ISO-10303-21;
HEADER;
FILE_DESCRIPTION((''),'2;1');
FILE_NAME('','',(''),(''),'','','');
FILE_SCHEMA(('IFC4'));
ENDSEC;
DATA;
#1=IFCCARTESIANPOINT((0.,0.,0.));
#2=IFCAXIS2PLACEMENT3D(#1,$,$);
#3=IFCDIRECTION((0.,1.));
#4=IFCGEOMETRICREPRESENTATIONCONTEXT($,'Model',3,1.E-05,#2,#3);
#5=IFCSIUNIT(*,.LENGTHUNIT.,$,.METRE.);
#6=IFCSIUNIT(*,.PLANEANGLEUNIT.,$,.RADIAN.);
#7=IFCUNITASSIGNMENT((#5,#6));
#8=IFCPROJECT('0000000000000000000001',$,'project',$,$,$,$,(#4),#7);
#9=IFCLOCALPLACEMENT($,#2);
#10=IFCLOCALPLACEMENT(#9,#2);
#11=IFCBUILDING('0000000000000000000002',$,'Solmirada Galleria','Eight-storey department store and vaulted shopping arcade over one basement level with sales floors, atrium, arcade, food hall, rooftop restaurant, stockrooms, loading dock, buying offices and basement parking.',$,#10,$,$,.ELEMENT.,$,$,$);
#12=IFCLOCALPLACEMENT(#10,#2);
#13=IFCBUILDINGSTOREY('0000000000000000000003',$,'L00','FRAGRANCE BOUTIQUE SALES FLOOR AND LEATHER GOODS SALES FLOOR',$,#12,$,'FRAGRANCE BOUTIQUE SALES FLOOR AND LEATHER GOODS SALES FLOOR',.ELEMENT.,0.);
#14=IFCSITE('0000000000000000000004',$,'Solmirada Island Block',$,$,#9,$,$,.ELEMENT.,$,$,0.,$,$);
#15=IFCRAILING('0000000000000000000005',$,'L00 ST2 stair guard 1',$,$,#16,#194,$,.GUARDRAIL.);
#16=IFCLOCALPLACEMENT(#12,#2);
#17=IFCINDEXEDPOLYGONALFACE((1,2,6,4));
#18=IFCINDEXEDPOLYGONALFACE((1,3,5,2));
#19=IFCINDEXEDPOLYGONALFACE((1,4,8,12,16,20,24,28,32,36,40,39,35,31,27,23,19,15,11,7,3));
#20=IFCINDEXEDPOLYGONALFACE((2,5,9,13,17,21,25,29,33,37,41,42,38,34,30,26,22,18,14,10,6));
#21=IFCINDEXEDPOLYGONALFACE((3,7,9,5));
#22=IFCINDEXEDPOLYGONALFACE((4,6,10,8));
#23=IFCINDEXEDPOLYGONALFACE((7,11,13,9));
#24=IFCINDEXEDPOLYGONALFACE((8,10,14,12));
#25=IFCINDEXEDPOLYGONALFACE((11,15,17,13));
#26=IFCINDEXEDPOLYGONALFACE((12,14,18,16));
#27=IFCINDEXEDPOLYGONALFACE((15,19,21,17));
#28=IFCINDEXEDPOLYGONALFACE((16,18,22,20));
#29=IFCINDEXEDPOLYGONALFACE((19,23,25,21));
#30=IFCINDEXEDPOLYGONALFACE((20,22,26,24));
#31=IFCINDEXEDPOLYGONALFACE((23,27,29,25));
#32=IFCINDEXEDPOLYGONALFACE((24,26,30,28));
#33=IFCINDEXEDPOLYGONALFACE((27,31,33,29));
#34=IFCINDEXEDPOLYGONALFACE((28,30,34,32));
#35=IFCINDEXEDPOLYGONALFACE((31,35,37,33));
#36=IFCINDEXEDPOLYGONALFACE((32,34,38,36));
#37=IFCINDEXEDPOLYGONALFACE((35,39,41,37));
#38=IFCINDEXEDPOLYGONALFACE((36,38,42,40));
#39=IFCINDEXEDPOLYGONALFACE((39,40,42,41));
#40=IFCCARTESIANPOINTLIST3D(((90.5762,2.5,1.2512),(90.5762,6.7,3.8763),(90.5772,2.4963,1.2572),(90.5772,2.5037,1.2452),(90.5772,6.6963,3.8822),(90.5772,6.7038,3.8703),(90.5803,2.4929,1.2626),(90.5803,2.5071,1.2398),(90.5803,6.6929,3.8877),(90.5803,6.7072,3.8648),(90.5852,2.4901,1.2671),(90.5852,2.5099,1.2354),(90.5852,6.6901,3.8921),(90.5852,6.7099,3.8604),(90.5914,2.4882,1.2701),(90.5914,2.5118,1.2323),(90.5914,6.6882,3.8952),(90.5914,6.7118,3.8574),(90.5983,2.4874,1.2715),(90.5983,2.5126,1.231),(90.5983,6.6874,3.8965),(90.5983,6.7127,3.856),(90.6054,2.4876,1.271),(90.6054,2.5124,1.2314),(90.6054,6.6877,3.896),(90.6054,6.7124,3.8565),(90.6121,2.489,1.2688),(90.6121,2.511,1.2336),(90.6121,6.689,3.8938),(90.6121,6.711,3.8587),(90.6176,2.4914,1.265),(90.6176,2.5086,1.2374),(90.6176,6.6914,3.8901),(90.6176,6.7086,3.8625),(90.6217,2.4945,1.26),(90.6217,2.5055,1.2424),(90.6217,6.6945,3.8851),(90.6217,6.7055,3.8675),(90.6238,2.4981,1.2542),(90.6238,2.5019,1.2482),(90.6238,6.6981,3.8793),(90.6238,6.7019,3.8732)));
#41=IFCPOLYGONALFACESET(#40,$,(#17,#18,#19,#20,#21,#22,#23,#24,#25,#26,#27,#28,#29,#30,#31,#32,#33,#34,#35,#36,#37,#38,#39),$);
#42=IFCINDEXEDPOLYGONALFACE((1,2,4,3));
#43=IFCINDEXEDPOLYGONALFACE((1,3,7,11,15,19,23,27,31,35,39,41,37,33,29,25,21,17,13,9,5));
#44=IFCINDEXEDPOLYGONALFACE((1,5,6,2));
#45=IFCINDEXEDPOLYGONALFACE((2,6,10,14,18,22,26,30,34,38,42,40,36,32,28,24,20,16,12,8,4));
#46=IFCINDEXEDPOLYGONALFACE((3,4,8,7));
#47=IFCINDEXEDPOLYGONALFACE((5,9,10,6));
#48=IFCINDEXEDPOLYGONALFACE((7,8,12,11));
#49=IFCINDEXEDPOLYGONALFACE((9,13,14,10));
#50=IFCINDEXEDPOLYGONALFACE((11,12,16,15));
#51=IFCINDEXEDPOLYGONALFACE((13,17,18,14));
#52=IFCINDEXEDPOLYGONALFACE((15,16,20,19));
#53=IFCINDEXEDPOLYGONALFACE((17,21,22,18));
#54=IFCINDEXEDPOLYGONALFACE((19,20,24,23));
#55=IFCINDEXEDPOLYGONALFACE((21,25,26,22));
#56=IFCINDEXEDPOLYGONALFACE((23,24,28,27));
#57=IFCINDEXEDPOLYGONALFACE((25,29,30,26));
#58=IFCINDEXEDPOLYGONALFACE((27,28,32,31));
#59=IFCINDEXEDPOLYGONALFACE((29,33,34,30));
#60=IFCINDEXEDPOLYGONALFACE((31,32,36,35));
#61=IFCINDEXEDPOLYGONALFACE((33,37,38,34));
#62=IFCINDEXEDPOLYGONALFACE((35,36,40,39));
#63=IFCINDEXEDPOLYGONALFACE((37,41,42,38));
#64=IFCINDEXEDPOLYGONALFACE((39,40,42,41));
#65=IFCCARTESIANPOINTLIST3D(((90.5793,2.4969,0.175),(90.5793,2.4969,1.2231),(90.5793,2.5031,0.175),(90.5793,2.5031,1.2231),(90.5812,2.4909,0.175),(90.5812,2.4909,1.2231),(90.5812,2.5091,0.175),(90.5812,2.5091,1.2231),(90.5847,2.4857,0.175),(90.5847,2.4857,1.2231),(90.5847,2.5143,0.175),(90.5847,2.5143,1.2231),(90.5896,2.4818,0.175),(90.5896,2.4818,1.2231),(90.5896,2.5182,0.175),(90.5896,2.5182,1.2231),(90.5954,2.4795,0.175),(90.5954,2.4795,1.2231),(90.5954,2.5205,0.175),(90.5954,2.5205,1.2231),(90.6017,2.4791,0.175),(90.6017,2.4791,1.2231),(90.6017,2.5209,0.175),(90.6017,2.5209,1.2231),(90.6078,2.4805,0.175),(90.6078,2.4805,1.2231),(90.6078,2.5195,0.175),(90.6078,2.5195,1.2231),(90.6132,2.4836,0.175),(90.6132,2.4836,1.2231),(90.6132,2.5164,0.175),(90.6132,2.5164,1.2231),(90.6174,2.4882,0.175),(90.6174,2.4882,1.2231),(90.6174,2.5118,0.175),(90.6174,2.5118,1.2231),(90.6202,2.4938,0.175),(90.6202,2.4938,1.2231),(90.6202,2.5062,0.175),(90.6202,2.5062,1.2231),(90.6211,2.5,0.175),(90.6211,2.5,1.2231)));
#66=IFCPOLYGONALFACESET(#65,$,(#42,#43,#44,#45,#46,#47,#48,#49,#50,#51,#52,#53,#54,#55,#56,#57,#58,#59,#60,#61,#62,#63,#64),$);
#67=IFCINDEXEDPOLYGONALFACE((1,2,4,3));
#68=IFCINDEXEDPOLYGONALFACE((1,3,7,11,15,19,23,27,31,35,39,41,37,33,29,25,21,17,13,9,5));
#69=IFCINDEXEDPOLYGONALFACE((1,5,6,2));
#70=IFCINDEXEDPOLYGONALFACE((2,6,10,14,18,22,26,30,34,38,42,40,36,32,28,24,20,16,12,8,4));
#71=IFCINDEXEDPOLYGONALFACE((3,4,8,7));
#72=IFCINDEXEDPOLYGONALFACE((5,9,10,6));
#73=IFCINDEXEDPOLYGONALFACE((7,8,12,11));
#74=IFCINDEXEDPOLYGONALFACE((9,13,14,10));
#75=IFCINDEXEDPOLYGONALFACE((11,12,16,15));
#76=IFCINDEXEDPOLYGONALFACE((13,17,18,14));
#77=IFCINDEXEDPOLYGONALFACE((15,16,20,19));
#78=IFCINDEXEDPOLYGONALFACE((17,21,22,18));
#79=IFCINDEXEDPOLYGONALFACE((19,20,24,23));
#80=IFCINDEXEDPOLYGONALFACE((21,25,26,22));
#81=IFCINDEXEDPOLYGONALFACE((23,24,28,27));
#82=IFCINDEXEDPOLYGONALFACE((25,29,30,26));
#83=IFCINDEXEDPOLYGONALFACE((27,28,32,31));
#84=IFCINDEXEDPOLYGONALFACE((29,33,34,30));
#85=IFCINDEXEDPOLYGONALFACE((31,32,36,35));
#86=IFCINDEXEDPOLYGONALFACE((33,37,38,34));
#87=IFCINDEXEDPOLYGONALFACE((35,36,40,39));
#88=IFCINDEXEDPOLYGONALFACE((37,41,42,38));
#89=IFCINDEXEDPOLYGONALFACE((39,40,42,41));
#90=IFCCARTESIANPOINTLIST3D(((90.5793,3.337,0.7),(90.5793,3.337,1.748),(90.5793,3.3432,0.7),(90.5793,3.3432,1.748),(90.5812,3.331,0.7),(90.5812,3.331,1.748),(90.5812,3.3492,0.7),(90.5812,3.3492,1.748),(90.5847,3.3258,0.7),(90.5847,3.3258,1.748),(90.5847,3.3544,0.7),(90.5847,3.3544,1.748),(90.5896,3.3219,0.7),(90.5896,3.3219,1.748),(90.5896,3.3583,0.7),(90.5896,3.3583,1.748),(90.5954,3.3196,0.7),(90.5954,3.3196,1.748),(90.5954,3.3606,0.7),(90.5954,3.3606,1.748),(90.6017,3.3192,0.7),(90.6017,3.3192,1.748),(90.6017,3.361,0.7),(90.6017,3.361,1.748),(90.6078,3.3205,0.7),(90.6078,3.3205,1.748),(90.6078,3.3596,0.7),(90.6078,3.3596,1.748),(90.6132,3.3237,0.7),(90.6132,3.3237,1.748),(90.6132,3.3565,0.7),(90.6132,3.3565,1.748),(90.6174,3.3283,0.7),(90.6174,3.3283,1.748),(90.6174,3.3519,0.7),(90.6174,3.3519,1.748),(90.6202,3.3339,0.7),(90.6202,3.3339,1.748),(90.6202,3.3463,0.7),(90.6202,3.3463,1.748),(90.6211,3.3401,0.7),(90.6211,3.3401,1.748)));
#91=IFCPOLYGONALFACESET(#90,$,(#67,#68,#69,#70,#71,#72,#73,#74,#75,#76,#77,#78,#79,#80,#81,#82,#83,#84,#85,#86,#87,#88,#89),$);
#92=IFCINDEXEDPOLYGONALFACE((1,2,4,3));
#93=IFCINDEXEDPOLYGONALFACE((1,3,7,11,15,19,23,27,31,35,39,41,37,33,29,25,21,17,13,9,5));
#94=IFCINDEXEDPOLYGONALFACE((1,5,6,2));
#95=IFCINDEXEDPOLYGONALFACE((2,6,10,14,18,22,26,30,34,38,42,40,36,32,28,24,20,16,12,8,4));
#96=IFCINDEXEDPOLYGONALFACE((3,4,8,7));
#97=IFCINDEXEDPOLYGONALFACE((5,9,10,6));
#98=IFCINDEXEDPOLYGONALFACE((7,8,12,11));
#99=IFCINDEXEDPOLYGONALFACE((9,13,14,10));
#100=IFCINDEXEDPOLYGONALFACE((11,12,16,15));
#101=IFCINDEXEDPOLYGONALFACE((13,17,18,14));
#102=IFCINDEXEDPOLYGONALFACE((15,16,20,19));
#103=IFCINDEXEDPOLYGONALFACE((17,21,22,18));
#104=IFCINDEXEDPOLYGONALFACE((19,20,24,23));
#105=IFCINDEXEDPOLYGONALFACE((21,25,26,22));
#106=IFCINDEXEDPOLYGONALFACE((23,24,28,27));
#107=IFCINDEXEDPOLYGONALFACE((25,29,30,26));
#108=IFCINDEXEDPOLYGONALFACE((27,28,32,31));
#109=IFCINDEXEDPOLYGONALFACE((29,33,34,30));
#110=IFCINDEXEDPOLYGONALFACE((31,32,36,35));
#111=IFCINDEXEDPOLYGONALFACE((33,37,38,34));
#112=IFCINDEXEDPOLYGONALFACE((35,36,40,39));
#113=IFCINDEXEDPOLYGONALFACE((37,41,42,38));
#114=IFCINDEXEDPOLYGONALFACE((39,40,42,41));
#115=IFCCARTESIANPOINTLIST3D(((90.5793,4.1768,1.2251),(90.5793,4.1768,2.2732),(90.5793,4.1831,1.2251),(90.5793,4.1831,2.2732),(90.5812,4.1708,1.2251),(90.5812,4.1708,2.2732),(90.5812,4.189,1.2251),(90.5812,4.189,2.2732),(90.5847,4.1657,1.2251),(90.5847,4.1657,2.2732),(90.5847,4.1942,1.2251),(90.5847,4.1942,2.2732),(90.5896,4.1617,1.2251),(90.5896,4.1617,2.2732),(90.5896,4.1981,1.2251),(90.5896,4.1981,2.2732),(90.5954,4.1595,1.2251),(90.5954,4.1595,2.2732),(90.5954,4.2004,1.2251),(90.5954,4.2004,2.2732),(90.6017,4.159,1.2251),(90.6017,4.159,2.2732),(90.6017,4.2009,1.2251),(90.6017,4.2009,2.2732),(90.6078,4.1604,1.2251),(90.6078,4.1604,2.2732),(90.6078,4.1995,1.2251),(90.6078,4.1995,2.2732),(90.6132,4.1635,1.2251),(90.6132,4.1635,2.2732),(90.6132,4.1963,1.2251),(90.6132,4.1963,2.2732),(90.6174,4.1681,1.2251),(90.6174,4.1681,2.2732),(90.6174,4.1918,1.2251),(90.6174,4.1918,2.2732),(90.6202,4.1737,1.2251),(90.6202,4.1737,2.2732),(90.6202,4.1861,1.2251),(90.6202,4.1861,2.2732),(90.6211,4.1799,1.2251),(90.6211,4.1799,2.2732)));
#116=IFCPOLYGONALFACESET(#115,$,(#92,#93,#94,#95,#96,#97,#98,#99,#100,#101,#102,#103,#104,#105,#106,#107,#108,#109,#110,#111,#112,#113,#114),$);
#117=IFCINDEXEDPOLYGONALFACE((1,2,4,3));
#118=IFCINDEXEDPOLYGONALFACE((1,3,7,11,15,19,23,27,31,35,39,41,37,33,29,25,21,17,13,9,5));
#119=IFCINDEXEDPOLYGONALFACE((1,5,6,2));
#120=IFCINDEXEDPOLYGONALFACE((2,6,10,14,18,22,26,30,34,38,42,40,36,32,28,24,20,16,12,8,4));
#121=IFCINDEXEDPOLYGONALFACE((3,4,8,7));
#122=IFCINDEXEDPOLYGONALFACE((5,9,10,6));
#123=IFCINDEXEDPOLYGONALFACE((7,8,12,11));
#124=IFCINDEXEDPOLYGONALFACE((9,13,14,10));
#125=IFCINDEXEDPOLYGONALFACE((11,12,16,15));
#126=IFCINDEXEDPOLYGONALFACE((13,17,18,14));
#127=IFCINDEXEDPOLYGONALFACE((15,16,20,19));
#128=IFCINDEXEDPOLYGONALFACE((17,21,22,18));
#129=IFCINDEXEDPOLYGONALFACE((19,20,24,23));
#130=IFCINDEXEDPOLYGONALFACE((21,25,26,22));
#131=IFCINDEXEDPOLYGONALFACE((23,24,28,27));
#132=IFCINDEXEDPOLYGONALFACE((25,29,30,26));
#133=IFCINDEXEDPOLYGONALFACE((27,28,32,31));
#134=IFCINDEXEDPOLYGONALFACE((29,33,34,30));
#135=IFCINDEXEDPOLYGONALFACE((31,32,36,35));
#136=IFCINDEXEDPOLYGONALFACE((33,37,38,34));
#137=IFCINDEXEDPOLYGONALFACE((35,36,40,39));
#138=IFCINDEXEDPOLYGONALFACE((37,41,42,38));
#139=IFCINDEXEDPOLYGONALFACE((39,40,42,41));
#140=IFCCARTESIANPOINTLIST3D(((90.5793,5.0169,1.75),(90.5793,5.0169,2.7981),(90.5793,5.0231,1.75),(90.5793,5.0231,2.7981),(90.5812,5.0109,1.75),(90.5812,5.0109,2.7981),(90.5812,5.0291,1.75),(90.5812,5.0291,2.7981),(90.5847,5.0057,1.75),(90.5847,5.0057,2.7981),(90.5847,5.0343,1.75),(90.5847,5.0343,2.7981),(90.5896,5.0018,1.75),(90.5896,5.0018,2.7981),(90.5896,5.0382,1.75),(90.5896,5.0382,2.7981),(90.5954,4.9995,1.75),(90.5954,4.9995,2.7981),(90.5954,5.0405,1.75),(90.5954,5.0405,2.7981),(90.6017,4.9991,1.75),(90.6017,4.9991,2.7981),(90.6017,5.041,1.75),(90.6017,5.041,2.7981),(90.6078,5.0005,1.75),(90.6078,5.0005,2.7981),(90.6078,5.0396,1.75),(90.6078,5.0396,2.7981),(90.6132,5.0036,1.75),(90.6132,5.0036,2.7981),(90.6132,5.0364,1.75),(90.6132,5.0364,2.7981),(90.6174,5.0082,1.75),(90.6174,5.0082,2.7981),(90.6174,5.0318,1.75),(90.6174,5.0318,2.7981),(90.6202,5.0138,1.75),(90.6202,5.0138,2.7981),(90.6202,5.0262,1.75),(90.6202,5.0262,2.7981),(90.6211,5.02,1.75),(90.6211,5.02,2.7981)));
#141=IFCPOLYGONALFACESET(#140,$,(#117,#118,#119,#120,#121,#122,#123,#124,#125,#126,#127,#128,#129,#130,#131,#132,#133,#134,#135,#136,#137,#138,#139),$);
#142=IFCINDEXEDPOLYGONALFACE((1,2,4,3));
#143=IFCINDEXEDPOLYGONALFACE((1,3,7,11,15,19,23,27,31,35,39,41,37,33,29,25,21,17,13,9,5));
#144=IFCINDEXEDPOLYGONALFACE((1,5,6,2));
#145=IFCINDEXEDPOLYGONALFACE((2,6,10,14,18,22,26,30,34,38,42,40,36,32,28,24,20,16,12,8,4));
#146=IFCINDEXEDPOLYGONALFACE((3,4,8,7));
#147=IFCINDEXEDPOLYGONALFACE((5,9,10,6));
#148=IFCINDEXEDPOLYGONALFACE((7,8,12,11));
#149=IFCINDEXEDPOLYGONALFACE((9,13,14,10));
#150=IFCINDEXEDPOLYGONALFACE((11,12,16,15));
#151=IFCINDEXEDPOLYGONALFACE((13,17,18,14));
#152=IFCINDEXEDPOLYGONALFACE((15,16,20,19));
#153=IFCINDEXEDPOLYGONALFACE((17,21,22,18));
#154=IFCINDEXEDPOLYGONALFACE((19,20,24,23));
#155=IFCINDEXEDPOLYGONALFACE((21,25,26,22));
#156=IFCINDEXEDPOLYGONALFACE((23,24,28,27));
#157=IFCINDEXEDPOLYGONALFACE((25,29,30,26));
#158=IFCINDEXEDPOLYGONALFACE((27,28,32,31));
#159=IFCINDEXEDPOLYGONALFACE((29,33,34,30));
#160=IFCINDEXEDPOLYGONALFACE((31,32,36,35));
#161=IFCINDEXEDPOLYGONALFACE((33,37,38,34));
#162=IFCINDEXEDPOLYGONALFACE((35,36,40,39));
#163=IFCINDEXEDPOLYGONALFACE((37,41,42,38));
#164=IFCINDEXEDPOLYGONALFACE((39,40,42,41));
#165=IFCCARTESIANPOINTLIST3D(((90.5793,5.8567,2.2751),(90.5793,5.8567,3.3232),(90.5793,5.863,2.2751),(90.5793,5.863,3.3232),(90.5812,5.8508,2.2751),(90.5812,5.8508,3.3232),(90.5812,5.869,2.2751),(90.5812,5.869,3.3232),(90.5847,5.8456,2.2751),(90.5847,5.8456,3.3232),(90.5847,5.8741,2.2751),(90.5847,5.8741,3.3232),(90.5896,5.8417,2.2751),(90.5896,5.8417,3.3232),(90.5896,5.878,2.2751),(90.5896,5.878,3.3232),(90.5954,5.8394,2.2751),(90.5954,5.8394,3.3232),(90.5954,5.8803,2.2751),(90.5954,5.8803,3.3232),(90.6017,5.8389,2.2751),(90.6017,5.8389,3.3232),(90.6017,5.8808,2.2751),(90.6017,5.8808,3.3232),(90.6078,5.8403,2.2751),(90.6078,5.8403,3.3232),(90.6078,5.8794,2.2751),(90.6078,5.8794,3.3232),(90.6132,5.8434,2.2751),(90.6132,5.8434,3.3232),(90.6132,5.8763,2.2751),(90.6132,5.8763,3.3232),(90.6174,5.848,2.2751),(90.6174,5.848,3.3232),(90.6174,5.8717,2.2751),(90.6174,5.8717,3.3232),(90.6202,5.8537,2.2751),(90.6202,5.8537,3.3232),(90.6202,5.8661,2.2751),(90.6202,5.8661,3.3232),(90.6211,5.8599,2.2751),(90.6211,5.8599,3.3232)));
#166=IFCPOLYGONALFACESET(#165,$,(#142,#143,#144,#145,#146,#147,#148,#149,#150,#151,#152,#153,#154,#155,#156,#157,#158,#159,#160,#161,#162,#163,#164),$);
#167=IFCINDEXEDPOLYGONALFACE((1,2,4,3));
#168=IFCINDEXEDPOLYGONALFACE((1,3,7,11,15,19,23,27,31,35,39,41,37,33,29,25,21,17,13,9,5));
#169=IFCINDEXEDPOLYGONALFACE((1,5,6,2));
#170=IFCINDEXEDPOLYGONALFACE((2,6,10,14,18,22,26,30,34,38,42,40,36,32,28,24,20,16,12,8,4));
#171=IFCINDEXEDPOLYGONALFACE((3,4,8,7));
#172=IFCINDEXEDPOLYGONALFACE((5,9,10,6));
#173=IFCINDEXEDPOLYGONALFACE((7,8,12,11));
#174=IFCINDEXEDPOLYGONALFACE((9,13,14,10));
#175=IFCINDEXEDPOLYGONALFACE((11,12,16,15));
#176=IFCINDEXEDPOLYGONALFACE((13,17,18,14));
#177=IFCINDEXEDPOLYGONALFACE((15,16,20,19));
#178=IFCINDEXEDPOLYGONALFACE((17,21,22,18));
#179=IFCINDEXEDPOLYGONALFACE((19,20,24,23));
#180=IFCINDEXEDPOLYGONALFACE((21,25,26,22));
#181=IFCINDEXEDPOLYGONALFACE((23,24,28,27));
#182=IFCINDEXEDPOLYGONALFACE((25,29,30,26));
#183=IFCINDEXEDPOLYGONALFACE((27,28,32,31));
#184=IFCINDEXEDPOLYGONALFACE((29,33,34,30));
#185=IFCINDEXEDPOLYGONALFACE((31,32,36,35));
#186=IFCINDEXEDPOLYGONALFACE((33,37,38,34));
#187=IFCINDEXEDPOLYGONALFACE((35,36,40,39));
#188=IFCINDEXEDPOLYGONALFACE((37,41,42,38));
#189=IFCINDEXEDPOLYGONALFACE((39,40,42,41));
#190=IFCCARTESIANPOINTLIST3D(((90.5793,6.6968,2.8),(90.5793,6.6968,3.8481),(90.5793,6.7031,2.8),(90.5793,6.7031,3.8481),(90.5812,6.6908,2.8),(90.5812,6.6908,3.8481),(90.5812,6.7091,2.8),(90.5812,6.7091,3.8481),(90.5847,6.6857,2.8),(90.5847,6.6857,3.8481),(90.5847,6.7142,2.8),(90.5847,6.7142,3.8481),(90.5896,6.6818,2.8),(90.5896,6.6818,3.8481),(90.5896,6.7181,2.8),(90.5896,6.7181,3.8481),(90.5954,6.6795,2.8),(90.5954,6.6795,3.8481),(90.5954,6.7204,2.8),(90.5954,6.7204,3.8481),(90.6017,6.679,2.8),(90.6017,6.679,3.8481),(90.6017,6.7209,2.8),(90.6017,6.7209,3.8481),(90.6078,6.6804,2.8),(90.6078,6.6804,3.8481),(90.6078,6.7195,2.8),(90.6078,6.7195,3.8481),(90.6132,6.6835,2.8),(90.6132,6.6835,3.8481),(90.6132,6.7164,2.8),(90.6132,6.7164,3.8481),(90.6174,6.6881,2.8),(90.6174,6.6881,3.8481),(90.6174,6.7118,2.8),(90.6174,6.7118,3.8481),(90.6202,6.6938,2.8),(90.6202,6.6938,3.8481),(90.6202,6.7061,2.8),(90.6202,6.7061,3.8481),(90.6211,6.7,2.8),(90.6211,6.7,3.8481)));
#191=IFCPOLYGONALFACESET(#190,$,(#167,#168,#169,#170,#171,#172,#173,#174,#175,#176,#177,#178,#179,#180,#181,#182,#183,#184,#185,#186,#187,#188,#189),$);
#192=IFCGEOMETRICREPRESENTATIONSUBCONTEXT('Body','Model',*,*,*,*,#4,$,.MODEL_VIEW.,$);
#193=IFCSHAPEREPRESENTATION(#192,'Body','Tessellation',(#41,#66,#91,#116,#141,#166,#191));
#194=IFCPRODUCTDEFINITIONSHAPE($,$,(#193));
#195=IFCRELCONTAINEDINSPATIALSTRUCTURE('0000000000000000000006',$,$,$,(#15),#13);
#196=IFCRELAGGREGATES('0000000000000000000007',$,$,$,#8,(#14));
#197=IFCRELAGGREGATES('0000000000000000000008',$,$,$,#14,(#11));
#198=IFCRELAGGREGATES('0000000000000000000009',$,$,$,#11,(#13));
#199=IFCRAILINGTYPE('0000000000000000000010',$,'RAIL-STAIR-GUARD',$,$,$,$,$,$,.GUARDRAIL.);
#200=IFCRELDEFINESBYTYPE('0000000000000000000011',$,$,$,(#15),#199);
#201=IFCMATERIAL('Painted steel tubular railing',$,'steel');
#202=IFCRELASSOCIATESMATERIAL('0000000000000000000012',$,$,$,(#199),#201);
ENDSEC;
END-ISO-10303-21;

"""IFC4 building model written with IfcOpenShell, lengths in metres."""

from ifc_helpers import new_model, si_unit, direction, frame, origin, origin_2d, place, context, subcontext, project, spatial, circle, extrude, material, type_object, element, save


model = new_model("IFC4")

# Units and contexts
model_context = context("Model", 3, precision=1e-05, world=origin(), true_north=direction((0.0, 1.0)))
body_context = subcontext(model_context, "Body", "Model", "MODEL_VIEW")
ifc_project = project(units=[si_unit("LENGTHUNIT", "METRE"), si_unit("PLANEANGLEUNIT", "RADIAN")], contexts=[model_context])

# Site, building, storey
site_placement = place(None, origin())
site = spatial("IfcSite", under=ifc_project, at=site_placement, Name="Solmirada Island Block", CompositionType="ELEMENT", RefElevation=0.0)
building_placement = place(site_placement, origin())
building = spatial("IfcBuilding", under=site, at=building_placement, Name="Solmirada Galleria", Description="Eight-storey department store and vaulted shopping arcade over one basement level with sales floors, atrium, arcade, food hall, rooftop restaurant, stockrooms, loading dock, buying offices and basement parking.", CompositionType="ELEMENT")
storey_placement = place(building_placement, origin())
storey = spatial("IfcBuildingStorey", under=building, at=storey_placement, Name="L00", Description="FRAGRANCE BOUTIQUE SALES FLOOR AND LEATHER GOODS SALES FLOOR", LongName="FRAGRANCE BOUTIQUE SALES FLOOR AND LEATHER GOODS SALES FLOOR", CompositionType="ELEMENT", Elevation=0.0)

# Railing
ifc_material_1 = material(Name="Painted steel tubular railing", Category="steel")
railing_type_1 = type_object("IfcRailingType", Name="RAIL-STAIR-GUARD", PredefinedType="GUARDRAIL", material=ifc_material_1)
railing_1_placement = place(storey_placement, frame((90.6001, 2.5, 0.175)))
element("IfcRailing", 1, at=railing_1_placement, inside=storey, type_object=railing_type_1, Name="L00 ST2 stair guard 1", PredefinedType="GUARDRAIL", context=body_context, shape_type="SweptSolid", body=[
    extrude(circle(Radius=0.0239, at=origin_2d()), frame((0.0, 0.0, 1.0762), z_axis=(0.0, 0.847996, 0.530003), x_axis=(-1.0, 0.0, 0.0)), (0.0, 0.0, 1.0), 4.9529),
    extrude(circle(Radius=0.021, at=origin_2d()), origin(), (0.0, 0.0, 1.0), 1.0481),
    extrude(circle(Radius=0.021, at=origin_2d()), frame((0.0, 0.8401, 0.5249)), (0.0, 0.0, 1.0), 1.0481),
    extrude(circle(Radius=0.021, at=origin_2d()), frame((0.0, 1.6799, 1.05)), (0.0, 0.0, 1.0), 1.0481),
    extrude(circle(Radius=0.021, at=origin_2d()), frame((0.0, 2.52, 1.575)), (0.0, 0.0, 1.0), 1.0481),
    extrude(circle(Radius=0.021, at=origin_2d()), frame((0.0, 3.3599, 2.1001)), (0.0, 0.0, 1.0), 1.0481),
    extrude(circle(Radius=0.021, at=origin_2d()), frame((0.0, 4.2, 2.625)), (0.0, 0.0, 1.0), 1.0481),
])

save(model, "model.ifc")
